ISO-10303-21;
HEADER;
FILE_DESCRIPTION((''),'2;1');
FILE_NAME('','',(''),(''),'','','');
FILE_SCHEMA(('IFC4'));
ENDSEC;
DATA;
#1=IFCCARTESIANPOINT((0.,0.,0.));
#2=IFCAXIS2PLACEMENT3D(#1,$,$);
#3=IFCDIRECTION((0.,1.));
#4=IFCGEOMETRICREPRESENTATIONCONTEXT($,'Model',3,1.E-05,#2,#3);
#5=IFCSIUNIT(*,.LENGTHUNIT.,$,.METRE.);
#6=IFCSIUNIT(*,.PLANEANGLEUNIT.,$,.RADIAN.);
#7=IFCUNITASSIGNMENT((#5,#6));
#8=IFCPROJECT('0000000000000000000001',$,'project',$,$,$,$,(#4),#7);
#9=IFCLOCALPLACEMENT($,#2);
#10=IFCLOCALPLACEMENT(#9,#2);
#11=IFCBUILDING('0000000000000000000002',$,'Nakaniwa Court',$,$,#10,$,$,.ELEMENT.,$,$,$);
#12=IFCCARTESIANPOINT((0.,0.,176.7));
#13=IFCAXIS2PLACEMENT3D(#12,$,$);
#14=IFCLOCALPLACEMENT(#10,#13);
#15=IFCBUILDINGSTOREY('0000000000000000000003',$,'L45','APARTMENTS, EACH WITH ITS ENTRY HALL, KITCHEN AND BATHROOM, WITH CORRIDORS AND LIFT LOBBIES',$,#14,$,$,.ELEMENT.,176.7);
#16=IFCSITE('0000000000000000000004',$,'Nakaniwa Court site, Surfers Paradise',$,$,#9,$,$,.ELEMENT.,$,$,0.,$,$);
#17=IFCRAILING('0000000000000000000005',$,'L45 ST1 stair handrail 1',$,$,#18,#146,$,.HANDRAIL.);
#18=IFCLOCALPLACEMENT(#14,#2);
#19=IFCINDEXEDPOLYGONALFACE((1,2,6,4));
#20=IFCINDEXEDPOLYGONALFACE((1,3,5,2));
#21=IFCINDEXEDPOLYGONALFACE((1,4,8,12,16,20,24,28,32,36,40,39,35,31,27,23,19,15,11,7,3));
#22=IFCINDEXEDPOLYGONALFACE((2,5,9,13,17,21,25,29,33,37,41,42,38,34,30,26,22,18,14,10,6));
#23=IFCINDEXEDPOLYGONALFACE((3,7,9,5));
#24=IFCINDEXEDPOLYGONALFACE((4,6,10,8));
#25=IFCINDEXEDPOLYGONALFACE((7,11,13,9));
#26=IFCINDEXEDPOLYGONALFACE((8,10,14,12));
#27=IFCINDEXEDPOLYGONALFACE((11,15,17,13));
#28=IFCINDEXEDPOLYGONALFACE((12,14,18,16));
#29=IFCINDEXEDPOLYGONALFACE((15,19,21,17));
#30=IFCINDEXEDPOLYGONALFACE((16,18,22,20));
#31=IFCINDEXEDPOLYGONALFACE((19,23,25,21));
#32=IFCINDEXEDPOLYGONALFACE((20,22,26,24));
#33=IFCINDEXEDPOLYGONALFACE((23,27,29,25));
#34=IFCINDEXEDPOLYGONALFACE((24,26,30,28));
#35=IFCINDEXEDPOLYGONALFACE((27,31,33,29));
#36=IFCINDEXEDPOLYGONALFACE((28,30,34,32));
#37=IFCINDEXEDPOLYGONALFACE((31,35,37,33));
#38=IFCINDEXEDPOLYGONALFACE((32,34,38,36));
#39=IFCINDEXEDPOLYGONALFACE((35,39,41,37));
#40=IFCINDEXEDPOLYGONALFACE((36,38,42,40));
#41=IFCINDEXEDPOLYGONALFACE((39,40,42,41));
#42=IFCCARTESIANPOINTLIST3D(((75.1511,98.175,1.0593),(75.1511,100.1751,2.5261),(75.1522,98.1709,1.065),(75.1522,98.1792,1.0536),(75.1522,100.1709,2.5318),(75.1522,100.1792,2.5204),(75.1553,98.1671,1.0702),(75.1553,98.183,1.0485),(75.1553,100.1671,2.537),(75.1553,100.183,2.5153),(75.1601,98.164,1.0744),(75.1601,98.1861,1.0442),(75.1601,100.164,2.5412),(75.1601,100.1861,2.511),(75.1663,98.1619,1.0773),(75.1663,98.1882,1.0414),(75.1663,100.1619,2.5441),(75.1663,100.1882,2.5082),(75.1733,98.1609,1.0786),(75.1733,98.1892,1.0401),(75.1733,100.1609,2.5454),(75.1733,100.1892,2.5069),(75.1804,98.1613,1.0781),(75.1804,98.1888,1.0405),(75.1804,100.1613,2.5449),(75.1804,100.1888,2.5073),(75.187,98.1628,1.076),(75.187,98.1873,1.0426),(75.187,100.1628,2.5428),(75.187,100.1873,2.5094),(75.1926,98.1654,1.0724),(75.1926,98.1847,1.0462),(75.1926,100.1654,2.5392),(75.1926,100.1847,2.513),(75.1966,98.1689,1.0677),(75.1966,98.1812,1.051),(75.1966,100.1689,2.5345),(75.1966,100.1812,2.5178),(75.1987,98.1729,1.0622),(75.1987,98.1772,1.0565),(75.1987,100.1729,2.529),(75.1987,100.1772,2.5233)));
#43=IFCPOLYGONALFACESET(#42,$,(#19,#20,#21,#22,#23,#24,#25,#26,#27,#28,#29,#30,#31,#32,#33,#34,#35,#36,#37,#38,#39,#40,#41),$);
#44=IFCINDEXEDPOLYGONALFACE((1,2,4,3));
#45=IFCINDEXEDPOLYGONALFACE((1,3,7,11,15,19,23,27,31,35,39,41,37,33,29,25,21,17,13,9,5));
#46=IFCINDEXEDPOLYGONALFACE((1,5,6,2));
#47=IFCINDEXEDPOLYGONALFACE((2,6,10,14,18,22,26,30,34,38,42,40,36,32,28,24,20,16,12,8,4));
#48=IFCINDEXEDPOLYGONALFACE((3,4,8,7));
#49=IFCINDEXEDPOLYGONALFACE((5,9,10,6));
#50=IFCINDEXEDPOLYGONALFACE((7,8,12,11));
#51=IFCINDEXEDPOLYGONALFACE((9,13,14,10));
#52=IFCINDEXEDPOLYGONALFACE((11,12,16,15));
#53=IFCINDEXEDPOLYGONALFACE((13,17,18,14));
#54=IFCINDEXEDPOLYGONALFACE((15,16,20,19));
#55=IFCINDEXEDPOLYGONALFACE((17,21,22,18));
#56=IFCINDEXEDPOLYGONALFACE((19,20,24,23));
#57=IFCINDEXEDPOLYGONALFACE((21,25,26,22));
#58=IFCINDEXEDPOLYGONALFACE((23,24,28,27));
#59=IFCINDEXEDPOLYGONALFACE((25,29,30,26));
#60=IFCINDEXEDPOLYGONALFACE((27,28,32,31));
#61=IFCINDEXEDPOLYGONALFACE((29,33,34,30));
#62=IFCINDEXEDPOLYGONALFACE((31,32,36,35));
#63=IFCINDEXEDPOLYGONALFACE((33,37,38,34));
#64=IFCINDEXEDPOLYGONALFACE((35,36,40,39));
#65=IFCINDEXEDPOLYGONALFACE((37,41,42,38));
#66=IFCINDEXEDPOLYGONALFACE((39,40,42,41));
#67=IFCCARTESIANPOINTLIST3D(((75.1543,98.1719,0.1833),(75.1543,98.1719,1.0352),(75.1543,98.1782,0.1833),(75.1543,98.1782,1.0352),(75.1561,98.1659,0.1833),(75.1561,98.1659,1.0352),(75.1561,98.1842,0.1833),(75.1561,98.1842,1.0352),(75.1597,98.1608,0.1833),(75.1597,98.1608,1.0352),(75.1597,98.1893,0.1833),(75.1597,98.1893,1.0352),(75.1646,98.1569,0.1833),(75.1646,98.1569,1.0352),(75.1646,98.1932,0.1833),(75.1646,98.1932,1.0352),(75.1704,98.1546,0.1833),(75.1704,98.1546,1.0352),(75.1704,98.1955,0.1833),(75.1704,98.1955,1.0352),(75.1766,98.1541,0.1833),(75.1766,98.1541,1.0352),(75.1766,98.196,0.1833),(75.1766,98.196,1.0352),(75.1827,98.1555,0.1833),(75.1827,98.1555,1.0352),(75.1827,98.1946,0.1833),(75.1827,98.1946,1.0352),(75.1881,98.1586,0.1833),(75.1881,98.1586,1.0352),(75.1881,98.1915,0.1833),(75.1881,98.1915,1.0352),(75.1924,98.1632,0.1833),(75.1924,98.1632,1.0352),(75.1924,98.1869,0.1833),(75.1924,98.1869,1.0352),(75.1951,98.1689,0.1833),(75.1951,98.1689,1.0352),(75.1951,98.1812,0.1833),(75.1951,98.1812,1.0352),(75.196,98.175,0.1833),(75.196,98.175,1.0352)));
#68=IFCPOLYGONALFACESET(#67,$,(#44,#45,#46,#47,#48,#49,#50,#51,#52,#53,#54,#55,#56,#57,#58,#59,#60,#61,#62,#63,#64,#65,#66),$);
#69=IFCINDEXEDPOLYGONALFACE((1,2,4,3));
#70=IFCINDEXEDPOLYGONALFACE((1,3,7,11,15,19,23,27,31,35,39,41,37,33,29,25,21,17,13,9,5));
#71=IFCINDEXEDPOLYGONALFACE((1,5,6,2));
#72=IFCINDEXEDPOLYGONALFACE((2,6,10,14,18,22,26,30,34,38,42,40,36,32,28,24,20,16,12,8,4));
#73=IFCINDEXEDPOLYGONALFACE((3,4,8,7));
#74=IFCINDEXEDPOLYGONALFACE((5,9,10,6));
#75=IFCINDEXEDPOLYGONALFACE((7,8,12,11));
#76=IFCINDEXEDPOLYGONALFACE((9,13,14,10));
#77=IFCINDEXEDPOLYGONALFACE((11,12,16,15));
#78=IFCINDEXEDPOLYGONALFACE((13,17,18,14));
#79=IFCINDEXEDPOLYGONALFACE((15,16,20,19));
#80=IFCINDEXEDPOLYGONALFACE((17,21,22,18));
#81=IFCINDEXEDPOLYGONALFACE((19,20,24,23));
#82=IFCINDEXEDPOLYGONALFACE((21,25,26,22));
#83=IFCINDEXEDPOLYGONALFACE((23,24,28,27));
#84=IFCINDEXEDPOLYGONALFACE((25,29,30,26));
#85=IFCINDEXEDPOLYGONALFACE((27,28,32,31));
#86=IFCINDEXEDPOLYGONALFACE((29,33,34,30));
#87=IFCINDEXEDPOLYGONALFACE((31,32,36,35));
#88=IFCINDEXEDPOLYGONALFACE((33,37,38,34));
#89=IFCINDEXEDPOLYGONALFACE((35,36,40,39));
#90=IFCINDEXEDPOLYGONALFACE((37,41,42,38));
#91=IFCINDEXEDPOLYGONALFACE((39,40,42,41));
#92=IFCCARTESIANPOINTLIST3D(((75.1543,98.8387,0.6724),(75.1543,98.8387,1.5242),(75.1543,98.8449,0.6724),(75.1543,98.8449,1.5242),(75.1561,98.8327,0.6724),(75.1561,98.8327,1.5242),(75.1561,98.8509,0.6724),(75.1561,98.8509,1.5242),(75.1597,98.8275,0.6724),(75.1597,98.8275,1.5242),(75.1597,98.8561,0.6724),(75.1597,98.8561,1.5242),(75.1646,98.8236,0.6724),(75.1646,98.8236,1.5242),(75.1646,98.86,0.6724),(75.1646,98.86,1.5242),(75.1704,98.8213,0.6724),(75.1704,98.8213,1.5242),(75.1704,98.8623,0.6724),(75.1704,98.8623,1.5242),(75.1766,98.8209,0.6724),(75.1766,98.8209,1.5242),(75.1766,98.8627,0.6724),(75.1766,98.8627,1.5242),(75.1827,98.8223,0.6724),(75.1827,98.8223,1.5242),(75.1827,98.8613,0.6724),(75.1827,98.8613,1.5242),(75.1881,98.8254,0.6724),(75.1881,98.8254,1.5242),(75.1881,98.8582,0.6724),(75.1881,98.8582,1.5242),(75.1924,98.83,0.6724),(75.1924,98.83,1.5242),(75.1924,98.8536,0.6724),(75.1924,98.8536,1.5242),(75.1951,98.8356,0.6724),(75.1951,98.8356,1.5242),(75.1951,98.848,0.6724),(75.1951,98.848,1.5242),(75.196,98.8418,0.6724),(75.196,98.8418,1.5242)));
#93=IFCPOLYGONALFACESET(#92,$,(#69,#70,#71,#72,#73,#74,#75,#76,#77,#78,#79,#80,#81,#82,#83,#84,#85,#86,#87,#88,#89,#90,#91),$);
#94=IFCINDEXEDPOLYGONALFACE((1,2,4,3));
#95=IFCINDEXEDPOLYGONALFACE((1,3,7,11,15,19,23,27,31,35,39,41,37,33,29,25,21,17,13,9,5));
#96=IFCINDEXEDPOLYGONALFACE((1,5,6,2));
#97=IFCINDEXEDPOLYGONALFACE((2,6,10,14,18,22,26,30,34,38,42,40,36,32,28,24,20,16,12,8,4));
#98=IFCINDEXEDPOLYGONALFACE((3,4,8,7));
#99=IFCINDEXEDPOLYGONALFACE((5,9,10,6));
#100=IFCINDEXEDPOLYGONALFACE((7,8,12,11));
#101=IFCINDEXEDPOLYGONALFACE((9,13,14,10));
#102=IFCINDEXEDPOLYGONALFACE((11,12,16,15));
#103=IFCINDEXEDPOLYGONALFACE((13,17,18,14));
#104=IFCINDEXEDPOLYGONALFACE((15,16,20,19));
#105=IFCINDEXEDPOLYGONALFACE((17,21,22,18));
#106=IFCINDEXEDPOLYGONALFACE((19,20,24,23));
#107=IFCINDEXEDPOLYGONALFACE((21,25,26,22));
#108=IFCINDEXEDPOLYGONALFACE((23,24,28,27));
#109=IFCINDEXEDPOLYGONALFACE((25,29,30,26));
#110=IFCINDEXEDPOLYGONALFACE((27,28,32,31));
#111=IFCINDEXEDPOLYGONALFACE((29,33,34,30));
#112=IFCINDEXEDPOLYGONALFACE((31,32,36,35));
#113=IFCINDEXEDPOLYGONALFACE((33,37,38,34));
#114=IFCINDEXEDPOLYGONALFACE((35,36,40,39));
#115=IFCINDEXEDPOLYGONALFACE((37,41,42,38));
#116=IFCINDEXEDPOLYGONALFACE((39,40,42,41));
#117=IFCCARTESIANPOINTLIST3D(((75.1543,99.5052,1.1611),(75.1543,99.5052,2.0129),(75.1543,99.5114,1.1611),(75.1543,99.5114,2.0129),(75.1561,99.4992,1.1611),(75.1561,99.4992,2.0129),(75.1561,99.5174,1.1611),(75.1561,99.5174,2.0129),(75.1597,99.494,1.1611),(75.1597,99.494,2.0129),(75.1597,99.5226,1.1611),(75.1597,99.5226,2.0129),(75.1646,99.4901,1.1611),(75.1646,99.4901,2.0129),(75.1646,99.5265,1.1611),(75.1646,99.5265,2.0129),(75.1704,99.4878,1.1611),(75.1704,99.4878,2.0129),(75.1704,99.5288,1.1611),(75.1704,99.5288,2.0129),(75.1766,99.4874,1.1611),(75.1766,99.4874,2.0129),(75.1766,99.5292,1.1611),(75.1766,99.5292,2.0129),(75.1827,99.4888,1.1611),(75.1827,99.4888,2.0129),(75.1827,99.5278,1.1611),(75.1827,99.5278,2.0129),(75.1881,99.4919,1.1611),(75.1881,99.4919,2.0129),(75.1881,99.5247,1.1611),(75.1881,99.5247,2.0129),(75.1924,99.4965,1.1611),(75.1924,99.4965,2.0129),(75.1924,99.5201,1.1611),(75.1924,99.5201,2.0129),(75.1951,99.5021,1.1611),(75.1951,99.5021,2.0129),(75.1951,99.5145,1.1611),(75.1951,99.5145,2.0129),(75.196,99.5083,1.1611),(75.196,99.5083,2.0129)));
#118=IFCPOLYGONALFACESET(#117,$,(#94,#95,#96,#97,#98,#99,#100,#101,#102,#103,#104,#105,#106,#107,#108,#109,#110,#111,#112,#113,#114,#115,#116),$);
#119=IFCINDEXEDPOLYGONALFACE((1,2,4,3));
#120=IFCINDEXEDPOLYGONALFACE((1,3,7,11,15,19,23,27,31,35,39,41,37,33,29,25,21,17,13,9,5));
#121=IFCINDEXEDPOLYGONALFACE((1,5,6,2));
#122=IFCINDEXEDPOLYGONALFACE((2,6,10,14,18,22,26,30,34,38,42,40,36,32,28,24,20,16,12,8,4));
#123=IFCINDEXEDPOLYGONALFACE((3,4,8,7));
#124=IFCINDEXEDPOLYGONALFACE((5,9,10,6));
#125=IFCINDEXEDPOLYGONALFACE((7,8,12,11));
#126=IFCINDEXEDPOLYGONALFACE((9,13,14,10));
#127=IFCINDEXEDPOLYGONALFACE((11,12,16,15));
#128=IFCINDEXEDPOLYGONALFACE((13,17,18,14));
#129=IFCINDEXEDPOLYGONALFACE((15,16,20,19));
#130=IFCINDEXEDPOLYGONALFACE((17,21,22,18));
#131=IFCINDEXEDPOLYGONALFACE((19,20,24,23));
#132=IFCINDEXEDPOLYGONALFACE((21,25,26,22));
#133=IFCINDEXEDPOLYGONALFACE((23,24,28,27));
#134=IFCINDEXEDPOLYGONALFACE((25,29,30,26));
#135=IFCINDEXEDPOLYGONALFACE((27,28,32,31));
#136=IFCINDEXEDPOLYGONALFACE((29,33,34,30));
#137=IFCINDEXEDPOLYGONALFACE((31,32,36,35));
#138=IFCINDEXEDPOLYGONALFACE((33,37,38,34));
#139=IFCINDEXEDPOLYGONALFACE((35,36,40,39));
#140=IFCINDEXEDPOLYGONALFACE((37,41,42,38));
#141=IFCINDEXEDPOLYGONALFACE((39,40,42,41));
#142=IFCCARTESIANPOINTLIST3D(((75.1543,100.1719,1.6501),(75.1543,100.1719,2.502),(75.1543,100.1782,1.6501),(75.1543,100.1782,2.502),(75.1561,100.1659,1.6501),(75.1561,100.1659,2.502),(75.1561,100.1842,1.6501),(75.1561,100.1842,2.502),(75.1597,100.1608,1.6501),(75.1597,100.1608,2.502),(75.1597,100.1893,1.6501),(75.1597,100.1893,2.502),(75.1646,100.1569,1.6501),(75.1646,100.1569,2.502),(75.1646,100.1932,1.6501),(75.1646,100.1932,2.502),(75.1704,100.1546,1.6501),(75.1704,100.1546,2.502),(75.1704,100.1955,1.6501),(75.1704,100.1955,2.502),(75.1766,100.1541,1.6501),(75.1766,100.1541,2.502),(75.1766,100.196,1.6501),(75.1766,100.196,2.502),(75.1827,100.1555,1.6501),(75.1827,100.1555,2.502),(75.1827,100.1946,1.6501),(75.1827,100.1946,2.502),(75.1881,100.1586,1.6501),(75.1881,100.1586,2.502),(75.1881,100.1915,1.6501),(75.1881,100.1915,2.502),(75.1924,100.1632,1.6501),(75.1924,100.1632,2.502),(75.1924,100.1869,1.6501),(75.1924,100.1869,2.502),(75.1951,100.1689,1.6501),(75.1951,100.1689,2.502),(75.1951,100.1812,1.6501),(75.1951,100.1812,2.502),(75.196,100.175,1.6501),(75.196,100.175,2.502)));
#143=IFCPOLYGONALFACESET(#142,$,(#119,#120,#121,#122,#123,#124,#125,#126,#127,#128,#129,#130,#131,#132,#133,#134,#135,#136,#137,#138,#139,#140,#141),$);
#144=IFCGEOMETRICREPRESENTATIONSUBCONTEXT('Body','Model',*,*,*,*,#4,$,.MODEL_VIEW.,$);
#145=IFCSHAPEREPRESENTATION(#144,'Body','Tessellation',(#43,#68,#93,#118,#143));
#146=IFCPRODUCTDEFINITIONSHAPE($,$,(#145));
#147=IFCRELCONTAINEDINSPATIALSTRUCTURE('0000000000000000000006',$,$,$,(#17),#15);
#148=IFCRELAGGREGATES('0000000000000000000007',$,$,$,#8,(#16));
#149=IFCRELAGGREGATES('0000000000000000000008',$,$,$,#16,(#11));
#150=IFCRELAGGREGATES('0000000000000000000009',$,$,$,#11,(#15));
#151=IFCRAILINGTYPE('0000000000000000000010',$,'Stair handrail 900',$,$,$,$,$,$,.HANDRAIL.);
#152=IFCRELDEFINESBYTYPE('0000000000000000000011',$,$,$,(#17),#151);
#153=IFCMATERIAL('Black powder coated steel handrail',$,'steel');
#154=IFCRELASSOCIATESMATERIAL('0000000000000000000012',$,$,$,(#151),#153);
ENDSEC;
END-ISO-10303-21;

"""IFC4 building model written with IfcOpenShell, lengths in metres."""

from ifc_helpers import new_model, si_unit, direction, frame, origin, origin_2d, place, context, subcontext, project, spatial, circle, extrude, material, type_object, element, save


model = new_model("IFC4")

# Units and contexts
model_context = context("Model", 3, precision=1e-05, world=origin(), true_north=direction((0.0, 1.0)))
body_context = subcontext(model_context, "Body", "Model", "MODEL_VIEW")
ifc_project = project(units=[si_unit("LENGTHUNIT", "METRE"), si_unit("PLANEANGLEUNIT", "RADIAN")], contexts=[model_context])

# Site, building, storey
site_placement = place(None, origin())
site = spatial("IfcSite", under=ifc_project, at=site_placement, Name="Nakaniwa Court site, Surfers Paradise", CompositionType="ELEMENT", RefElevation=0.0)
building_placement = place(site_placement, origin())
building = spatial("IfcBuilding", under=site, at=building_placement, Name="Nakaniwa Court", CompositionType="ELEMENT")
storey_placement = place(building_placement, frame((0.0, 0.0, 176.7)))
storey = spatial("IfcBuildingStorey", under=building, at=storey_placement, Name="L45", Description="APARTMENTS, EACH WITH ITS ENTRY HALL, KITCHEN AND BATHROOM, WITH CORRIDORS AND LIFT LOBBIES", CompositionType="ELEMENT", Elevation=176.7)

# Railing
ifc_material_1 = material(Name="Black powder coated steel handrail", Category="steel")
railing_type_1 = type_object("IfcRailingType", Name="Stair handrail 900", PredefinedType="HANDRAIL", material=ifc_material_1)
railing_1_placement = place(storey_placement, frame((75.175, 98.175, 0.1833)))
element("IfcRailing", 1, at=railing_1_placement, inside=storey, type_object=railing_type_1, Name="L45 ST1 stair handrail 1", PredefinedType="HANDRAIL", context=body_context, shape_type="SweptSolid", body=[
    extrude(circle(Radius=0.0239, at=origin_2d()), frame((0.0, 0.0, 0.876), z_axis=(0.0, 0.80638, 0.591398), x_axis=(-1.0, 0.0, 0.0)), (0.0, 0.0, 1.0), 2.4802),
    extrude(circle(Radius=0.021, at=origin_2d()), origin(), (0.0, 0.0, 1.0), 0.8518),
    extrude(circle(Radius=0.021, at=origin_2d()), frame((0.0, 0.6667, 0.489)), (0.0, 0.0, 1.0), 0.8518),
    extrude(circle(Radius=0.021, at=origin_2d()), frame((0.0, 1.3333, 0.9778)), (0.0, 0.0, 1.0), 0.8518),
    extrude(circle(Radius=0.021, at=origin_2d()), frame((0.0, 2.0, 1.4668)), (0.0, 0.0, 1.0), 0.8518),
])

save(model, "model.ifc")
